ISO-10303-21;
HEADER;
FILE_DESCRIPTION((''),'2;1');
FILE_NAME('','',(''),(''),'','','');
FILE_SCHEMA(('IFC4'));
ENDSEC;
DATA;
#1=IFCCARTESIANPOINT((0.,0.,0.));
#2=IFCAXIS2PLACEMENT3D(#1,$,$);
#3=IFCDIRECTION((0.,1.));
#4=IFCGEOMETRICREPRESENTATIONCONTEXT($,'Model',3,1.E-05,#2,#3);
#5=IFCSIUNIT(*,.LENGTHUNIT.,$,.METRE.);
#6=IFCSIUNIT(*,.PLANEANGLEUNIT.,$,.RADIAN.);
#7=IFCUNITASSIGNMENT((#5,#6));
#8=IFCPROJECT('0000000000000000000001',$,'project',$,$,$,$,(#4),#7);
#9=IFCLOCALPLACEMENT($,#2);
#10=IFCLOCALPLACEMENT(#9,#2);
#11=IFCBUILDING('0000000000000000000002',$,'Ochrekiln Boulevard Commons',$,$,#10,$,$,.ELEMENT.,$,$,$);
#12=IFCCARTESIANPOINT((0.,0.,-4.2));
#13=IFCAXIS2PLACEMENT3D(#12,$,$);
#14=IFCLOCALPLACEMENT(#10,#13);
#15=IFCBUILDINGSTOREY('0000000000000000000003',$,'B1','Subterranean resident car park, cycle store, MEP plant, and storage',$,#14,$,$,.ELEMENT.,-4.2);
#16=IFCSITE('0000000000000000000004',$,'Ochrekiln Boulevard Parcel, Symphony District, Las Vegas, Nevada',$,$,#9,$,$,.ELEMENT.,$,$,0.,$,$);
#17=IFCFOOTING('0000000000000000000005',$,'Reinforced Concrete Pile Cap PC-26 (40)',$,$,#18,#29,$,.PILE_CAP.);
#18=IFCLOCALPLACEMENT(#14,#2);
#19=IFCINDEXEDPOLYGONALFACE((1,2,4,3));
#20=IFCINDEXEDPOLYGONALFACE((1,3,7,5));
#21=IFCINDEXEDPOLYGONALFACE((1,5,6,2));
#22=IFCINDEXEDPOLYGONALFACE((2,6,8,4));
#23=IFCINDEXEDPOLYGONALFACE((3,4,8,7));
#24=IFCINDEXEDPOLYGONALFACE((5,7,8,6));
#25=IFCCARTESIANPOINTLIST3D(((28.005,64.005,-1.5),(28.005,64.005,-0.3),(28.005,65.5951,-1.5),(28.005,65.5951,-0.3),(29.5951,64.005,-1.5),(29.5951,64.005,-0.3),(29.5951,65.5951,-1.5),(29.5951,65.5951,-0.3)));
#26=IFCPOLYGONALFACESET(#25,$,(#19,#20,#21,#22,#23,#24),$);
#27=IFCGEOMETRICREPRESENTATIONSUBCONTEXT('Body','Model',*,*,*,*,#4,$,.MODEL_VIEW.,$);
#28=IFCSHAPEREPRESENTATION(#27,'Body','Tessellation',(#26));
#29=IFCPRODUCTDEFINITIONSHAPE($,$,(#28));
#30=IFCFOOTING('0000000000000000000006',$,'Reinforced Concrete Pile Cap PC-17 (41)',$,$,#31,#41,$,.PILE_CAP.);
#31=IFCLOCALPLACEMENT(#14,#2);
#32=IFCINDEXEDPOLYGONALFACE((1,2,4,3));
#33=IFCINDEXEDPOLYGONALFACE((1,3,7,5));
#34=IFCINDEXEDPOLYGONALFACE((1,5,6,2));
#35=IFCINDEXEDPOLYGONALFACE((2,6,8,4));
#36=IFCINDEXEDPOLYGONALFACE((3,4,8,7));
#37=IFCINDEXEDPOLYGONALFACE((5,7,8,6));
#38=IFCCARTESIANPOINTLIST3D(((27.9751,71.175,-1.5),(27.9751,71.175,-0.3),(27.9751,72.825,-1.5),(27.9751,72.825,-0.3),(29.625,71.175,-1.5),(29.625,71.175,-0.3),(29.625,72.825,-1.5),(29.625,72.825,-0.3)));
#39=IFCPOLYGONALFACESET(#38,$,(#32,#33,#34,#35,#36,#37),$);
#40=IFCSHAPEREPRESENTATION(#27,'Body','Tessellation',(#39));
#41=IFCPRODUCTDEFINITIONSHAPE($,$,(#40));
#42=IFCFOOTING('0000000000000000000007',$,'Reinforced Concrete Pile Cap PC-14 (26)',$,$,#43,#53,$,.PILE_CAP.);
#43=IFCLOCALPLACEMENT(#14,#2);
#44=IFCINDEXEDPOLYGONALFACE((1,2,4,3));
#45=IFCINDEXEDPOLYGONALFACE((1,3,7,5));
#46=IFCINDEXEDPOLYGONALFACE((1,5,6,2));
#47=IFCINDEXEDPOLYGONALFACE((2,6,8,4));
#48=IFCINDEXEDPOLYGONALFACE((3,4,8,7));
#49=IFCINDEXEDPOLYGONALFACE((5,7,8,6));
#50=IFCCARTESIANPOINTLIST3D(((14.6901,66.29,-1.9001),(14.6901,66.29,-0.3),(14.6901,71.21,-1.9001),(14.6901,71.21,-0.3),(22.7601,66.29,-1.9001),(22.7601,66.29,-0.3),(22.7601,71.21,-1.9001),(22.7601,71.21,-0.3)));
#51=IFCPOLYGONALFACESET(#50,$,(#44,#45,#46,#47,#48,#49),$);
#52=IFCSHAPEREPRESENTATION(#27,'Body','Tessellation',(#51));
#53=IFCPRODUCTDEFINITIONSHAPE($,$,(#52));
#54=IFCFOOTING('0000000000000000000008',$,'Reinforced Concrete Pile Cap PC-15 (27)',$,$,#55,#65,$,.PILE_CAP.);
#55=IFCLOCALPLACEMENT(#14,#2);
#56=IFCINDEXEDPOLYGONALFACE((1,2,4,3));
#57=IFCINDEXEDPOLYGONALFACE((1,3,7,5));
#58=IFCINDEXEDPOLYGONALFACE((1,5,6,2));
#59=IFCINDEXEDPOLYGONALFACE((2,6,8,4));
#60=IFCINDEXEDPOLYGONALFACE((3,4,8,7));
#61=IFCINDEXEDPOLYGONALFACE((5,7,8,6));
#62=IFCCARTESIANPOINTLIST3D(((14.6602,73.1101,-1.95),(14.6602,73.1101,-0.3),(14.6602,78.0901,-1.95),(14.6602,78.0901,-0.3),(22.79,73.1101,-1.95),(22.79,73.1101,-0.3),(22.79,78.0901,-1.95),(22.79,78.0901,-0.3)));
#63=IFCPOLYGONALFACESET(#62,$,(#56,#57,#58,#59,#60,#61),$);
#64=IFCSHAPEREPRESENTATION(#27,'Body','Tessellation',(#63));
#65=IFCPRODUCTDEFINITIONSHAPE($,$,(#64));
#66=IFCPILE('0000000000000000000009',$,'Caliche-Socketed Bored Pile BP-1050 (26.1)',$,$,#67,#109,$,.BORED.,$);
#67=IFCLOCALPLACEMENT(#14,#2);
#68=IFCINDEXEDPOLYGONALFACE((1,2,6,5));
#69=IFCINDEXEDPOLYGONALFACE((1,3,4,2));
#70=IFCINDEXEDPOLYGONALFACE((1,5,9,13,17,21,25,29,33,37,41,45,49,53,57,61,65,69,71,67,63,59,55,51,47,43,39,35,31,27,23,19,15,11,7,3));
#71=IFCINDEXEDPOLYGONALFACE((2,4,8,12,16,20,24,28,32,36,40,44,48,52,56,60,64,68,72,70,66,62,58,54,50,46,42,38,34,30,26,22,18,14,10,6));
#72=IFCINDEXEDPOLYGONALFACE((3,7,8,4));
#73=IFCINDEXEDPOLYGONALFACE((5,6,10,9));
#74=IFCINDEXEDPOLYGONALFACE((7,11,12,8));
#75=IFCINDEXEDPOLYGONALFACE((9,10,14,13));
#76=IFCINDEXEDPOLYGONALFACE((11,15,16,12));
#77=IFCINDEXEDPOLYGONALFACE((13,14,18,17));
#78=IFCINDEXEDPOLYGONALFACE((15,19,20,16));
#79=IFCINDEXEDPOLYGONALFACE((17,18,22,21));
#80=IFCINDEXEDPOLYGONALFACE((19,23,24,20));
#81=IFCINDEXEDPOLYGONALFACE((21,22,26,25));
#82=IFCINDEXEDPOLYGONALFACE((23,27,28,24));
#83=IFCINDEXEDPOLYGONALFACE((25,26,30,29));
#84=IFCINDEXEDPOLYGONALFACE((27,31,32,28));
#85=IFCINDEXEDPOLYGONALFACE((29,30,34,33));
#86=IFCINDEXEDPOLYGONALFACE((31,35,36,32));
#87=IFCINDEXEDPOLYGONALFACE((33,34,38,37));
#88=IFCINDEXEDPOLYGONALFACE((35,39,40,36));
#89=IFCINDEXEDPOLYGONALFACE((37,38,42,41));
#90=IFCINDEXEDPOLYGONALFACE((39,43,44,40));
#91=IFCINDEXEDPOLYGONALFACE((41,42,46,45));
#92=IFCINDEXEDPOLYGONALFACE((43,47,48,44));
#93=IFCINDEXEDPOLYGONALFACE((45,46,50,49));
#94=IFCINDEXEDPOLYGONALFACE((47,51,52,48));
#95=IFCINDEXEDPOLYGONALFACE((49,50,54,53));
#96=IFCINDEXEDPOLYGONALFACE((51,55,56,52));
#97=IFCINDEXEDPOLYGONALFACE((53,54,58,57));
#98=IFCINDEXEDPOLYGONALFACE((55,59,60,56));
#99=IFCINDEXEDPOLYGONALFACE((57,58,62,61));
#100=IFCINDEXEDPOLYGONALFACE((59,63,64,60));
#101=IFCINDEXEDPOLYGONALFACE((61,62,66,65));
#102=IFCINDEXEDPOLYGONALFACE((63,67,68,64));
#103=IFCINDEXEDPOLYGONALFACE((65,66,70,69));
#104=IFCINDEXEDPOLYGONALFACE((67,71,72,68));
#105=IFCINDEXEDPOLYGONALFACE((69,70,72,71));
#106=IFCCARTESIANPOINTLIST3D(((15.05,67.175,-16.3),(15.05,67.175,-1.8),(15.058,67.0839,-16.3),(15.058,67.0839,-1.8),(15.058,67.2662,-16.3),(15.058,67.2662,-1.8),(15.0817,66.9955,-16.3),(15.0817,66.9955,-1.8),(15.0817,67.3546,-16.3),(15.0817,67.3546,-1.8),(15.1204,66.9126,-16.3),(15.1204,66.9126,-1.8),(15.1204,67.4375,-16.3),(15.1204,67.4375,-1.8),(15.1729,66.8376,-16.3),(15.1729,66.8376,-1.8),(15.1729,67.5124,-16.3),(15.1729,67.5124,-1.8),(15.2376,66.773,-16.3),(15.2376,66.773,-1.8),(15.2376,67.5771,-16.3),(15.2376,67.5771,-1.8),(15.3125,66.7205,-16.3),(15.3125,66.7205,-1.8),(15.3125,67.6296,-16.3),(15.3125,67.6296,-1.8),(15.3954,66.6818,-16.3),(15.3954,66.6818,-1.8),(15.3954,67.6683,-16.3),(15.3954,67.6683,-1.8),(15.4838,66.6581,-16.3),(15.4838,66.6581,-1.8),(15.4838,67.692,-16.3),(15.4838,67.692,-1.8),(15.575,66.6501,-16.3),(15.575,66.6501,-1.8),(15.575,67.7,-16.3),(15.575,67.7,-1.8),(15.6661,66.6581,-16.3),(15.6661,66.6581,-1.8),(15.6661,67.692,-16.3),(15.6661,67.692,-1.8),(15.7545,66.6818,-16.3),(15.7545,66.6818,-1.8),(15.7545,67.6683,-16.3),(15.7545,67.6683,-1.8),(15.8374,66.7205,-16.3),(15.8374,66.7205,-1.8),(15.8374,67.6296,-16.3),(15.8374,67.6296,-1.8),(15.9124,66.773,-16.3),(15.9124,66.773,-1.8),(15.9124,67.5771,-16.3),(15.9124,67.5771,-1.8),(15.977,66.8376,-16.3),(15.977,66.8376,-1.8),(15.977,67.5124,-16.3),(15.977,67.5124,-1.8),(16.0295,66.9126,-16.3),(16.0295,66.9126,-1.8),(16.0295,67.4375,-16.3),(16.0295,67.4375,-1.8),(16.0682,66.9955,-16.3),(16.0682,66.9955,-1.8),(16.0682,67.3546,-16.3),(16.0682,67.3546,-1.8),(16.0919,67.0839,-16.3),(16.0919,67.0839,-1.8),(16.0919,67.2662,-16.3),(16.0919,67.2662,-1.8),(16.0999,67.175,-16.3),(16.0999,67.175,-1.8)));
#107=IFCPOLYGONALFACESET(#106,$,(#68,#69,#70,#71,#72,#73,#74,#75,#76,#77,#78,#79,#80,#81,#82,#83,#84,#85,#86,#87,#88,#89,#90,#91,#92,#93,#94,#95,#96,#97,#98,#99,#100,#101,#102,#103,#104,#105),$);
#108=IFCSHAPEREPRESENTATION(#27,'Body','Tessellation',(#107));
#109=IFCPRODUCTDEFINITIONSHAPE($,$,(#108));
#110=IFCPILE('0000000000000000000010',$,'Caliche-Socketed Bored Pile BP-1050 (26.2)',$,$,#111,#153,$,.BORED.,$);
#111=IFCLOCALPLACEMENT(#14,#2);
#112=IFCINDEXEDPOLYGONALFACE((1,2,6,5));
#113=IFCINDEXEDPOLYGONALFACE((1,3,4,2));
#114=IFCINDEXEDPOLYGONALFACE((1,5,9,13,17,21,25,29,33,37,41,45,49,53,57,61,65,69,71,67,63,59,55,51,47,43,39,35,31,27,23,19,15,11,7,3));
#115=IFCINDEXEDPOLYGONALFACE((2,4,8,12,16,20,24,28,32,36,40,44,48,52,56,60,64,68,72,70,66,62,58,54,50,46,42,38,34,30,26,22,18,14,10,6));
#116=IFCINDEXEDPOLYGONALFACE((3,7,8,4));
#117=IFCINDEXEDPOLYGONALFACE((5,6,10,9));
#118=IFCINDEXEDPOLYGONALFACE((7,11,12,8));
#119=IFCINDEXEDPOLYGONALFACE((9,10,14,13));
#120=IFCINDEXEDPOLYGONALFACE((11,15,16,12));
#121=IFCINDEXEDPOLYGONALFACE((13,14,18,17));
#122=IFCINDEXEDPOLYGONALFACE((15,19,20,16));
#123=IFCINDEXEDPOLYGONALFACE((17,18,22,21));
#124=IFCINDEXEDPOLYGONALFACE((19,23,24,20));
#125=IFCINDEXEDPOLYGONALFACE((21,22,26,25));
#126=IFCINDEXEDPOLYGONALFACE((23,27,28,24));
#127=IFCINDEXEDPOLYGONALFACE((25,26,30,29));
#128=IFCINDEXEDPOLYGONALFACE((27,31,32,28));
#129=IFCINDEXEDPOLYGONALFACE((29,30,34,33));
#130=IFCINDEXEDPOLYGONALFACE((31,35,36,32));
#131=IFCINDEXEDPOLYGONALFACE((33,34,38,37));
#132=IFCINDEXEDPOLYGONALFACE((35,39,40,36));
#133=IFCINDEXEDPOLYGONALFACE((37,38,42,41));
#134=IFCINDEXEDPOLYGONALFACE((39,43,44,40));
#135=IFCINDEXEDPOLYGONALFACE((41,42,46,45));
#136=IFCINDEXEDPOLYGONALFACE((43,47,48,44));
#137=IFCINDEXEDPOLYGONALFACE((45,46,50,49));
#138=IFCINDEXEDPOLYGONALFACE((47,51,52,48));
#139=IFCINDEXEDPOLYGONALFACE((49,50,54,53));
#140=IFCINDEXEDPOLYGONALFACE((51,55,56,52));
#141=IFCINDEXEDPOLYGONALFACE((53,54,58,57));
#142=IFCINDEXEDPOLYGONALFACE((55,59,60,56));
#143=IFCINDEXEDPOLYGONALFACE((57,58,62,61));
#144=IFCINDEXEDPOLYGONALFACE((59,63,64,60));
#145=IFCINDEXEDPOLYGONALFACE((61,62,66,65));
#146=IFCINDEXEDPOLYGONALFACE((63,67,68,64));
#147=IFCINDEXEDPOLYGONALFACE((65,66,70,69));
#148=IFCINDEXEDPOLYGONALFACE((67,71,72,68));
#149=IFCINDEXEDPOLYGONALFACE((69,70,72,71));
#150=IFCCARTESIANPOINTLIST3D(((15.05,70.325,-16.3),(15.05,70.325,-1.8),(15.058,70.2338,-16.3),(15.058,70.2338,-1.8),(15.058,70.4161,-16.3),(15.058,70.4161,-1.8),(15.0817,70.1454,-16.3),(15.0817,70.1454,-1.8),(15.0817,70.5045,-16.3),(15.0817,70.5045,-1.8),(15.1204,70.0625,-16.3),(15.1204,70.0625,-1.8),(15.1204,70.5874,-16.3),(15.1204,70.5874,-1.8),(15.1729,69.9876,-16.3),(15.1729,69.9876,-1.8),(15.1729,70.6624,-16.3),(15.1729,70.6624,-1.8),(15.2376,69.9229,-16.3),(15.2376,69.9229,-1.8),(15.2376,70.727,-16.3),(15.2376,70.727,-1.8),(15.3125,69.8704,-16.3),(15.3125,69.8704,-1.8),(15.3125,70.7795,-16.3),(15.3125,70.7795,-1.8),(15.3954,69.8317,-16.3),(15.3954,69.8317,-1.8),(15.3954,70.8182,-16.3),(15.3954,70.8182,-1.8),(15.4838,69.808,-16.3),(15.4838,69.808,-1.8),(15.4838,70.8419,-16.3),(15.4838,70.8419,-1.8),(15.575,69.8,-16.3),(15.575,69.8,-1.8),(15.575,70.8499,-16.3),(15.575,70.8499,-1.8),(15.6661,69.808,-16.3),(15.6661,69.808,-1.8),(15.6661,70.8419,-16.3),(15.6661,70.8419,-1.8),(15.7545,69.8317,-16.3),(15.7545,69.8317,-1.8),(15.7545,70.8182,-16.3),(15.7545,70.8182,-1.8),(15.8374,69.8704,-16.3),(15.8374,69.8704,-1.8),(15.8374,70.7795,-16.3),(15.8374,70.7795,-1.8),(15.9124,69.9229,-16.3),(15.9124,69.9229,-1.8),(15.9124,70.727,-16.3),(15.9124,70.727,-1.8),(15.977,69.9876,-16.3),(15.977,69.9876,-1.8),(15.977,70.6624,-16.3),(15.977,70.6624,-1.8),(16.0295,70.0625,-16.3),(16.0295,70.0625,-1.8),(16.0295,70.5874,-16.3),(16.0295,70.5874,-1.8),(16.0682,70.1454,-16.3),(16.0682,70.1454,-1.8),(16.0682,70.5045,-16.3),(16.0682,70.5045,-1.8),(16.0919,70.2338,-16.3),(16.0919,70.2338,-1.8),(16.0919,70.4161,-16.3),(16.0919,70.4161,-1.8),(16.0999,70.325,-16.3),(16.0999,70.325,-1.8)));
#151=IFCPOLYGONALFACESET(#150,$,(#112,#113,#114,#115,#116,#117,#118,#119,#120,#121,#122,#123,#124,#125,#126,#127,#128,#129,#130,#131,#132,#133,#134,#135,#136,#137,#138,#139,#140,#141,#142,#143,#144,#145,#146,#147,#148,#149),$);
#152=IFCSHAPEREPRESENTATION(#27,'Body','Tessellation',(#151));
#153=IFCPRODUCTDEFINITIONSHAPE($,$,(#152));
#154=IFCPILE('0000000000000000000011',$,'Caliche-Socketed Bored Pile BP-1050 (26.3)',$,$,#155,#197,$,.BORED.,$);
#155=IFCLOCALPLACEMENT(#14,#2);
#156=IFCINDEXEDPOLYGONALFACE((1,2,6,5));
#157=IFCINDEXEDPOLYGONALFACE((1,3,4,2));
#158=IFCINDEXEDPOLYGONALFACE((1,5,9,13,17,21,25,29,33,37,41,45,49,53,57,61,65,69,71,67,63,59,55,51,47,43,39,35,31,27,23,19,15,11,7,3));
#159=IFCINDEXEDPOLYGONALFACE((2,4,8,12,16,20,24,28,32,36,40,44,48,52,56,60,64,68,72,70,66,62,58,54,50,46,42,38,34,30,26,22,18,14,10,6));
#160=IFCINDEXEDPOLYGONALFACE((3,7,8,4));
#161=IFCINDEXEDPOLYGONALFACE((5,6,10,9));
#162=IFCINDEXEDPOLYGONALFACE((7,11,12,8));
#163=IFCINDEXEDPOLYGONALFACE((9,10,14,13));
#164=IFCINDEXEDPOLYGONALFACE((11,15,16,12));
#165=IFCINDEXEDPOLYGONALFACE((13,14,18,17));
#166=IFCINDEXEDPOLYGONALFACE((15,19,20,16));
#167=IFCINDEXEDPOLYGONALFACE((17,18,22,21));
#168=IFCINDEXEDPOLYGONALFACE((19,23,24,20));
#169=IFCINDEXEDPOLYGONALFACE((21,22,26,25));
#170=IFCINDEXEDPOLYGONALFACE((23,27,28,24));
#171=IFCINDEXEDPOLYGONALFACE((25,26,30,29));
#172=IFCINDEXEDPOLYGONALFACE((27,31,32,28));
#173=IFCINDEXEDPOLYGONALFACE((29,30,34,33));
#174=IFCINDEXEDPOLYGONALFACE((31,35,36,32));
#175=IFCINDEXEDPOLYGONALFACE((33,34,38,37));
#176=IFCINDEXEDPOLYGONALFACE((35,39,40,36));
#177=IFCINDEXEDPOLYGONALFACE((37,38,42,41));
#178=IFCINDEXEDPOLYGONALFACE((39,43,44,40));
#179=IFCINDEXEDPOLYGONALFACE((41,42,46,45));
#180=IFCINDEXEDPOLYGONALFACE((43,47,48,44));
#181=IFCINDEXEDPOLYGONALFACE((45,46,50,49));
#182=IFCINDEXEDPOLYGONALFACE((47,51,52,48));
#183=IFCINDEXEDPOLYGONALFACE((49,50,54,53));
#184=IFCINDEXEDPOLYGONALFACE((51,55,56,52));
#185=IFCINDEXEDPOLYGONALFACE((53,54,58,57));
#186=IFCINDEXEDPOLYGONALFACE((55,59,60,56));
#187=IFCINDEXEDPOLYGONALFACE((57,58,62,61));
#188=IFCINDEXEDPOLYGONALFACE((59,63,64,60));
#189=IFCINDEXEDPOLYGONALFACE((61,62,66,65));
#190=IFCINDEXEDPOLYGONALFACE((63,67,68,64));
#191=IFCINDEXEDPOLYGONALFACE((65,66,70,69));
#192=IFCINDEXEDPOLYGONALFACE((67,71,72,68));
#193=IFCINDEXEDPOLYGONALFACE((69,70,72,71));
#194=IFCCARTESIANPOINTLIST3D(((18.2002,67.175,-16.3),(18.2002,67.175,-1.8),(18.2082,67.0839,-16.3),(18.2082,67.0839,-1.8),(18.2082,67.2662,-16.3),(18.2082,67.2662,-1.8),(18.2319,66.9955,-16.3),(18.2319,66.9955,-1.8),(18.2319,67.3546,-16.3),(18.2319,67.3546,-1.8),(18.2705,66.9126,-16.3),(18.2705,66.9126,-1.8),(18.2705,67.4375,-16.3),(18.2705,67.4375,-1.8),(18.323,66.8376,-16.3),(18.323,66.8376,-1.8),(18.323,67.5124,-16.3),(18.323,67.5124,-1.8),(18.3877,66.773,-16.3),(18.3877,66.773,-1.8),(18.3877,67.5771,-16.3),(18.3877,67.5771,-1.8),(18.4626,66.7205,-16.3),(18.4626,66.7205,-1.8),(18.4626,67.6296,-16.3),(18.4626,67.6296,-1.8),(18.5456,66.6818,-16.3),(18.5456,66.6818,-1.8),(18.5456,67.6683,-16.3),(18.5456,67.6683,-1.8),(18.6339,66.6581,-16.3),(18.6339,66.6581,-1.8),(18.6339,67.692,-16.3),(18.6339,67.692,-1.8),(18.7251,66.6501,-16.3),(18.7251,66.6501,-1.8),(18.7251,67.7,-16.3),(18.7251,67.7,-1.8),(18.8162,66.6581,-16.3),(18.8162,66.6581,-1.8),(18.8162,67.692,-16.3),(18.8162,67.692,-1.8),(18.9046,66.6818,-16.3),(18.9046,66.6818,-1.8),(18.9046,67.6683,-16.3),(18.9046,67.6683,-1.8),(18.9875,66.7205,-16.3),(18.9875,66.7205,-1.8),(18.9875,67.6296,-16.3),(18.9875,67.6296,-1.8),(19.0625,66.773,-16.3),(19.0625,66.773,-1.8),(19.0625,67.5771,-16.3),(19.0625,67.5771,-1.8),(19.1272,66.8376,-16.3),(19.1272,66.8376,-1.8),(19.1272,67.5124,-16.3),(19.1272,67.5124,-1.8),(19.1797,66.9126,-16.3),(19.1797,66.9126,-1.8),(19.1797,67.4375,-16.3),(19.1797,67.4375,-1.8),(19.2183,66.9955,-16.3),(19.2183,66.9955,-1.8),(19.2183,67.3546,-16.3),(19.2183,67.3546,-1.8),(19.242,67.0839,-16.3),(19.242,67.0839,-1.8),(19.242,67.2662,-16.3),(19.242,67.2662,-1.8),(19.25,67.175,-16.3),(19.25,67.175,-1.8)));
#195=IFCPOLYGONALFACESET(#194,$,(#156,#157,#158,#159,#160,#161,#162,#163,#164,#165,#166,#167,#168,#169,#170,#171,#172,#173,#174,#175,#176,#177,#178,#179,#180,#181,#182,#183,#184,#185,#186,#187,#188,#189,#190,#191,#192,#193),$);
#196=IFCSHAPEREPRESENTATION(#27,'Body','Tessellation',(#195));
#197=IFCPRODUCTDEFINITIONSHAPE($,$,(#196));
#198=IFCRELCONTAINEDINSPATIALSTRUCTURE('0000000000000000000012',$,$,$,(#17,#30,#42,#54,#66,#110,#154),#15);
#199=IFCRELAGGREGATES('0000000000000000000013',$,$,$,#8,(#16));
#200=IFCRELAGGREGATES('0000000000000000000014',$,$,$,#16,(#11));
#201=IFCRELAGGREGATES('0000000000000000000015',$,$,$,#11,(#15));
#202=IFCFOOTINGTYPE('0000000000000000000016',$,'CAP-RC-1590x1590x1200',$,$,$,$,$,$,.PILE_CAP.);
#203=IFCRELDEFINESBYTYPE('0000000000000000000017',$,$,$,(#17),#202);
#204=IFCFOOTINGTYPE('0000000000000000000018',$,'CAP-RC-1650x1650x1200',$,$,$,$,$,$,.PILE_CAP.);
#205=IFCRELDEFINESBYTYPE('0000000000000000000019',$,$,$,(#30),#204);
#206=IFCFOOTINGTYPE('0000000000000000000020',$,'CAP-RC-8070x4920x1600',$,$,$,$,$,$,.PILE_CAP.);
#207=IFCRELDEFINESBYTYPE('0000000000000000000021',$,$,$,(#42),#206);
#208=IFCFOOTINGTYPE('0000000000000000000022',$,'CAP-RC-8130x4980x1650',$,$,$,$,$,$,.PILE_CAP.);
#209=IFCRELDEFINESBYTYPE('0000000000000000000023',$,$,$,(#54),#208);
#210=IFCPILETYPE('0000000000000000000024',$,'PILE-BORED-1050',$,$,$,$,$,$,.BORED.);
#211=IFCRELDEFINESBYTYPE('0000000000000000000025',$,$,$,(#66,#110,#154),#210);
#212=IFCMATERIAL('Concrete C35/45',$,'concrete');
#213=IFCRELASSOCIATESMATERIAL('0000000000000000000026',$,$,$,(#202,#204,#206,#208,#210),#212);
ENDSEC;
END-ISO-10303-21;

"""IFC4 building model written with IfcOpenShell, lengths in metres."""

from ifc_helpers import new_model, si_unit, direction, frame, origin, origin_2d, place, context, subcontext, project, spatial, rectangle, circle, extrude, material, material_profile, profile_set, type_object, element, save


model = new_model("IFC4")

# Units and contexts
model_context = context("Model", 3, precision=1e-05, world=origin(), true_north=direction((0.0, 1.0)))
body_context = subcontext(model_context, "Body", "Model", "MODEL_VIEW")
ifc_project = project(units=[si_unit("LENGTHUNIT", "METRE"), si_unit("PLANEANGLEUNIT", "RADIAN")], contexts=[model_context])

# Site, building, storey
site_placement = place(None, origin())
site = spatial("IfcSite", under=ifc_project, at=site_placement, Name="Ochrekiln Boulevard Parcel, Symphony District, Las Vegas, Nevada", CompositionType="ELEMENT", RefElevation=0.0)
building_placement = place(site_placement, origin())
building = spatial("IfcBuilding", under=site, at=building_placement, Name="Ochrekiln Boulevard Commons", CompositionType="ELEMENT")
storey_placement = place(building_placement, frame((0.0, 0.0, -4.2)))
storey = spatial("IfcBuildingStorey", under=building, at=storey_placement, Name="B1", Description="Subterranean resident car park, cycle store, MEP plant, and storage", CompositionType="ELEMENT", Elevation=-4.2)

# Footings
ifc_material_1 = material(Name="Concrete C35/45", Category="concrete")
footing_type_1 = type_object("IfcFootingType", Name="CAP-RC-1590x1590x1200", PredefinedType="PILE_CAP", material=ifc_material_1)
footing_1_placement = place(storey_placement, frame((28.8, 64.8, -1.5), z_axis=(0.0, 0.0, 1.0), x_axis=(1.0, 0.0, 0.0)))
element("IfcFooting", 1, at=footing_1_placement, inside=storey, type_object=footing_type_1, Name="Reinforced Concrete Pile Cap PC-26 (40)", PredefinedType="PILE_CAP", context=body_context, shape_type="SweptSolid", body=[
    extrude(rectangle(XDim=1.5901, YDim=1.5901, at=origin_2d()), origin(), (0.0, 0.0, 1.0), 1.2),
])
footing_type_2 = type_object("IfcFootingType", Name="CAP-RC-1650x1650x1200", PredefinedType="PILE_CAP", material=ifc_material_1)
footing_2_placement = place(storey_placement, frame((28.8, 72.0, -1.5), z_axis=(0.0, 0.0, 1.0), x_axis=(1.0, 0.0, 0.0)))
element("IfcFooting", 2, at=footing_2_placement, inside=storey, type_object=footing_type_2, Name="Reinforced Concrete Pile Cap PC-17 (41)", PredefinedType="PILE_CAP", context=body_context, shape_type="SweptSolid", body=[
    extrude(rectangle(XDim=1.6499, YDim=1.6499, at=origin_2d()), origin(), (0.0, 0.0, 1.0), 1.2),
])
footing_type_3 = type_object("IfcFootingType", Name="CAP-RC-8070x4920x1600", PredefinedType="PILE_CAP", material=ifc_material_1)
footing_3_placement = place(storey_placement, frame((18.7251, 68.75, -1.9001), z_axis=(0.0, 0.0, 1.0), x_axis=(1.0, 0.0, 0.0)))
element("IfcFooting", 3, at=footing_3_placement, inside=storey, type_object=footing_type_3, Name="Reinforced Concrete Pile Cap PC-14 (26)", PredefinedType="PILE_CAP", context=body_context, shape_type="SweptSolid", body=[
    extrude(rectangle(XDim=8.0701, YDim=4.9199, at=origin_2d()), origin(), (0.0, 0.0, 1.0), 1.6001),
])
footing_type_4 = type_object("IfcFootingType", Name="CAP-RC-8130x4980x1650", PredefinedType="PILE_CAP", material=ifc_material_1)
footing_4_placement = place(storey_placement, frame((18.7251, 75.6001, -1.95), z_axis=(0.0, 0.0, 1.0), x_axis=(1.0, 0.0, 0.0)))
element("IfcFooting", 4, at=footing_4_placement, inside=storey, type_object=footing_type_4, Name="Reinforced Concrete Pile Cap PC-15 (27)", PredefinedType="PILE_CAP", context=body_context, shape_type="SweptSolid", body=[
    extrude(rectangle(XDim=8.1299, YDim=4.98, at=origin_2d()), origin(), (0.0, 0.0, 1.0), 1.6499),
])

# Piles
ifc_material_profile_1 = material_profile(ifc_material_1, circle(Radius=0.5249, at=origin_2d()), Name="PILE-D1050")
ifc_profile_set_1 = profile_set([ifc_material_profile_1], Name="Concrete C35/45")
pile_type_1 = type_object("IfcPileType", Name="PILE-BORED-1050", PredefinedType="BORED", material=ifc_profile_set_1)
for number, where, z_axis, x_axis, name in (
    (5, (15.575, 67.175, -1.8), (0.0, 0.0, -1.0), (1.0, 0.0, 0.0), "Caliche-Socketed Bored Pile BP-1050 (26.1)"),
    (6, (15.575, 70.325, -1.8), (0.0, 0.0, -1.0), (1.0, 0.0, 0.0), "Caliche-Socketed Bored Pile BP-1050 (26.2)"),
    (7, (18.7251, 67.175, -1.8), (0.0, 0.0, -1.0), (1.0, 0.0, 0.0), "Caliche-Socketed Bored Pile BP-1050 (26.3)"),
):
    element("IfcPile", number, at=place(storey_placement, frame(where, z_axis=z_axis, x_axis=x_axis)), inside=storey, type_object=pile_type_1, Name=name, PredefinedType="BORED", context=body_context, shape_type="SweptSolid", body=[
        extrude(circle(Radius=0.5249, at=origin_2d()), origin(), (0.0, 0.0, 1.0), 14.5),
    ])

save(model, "model.ifc")
